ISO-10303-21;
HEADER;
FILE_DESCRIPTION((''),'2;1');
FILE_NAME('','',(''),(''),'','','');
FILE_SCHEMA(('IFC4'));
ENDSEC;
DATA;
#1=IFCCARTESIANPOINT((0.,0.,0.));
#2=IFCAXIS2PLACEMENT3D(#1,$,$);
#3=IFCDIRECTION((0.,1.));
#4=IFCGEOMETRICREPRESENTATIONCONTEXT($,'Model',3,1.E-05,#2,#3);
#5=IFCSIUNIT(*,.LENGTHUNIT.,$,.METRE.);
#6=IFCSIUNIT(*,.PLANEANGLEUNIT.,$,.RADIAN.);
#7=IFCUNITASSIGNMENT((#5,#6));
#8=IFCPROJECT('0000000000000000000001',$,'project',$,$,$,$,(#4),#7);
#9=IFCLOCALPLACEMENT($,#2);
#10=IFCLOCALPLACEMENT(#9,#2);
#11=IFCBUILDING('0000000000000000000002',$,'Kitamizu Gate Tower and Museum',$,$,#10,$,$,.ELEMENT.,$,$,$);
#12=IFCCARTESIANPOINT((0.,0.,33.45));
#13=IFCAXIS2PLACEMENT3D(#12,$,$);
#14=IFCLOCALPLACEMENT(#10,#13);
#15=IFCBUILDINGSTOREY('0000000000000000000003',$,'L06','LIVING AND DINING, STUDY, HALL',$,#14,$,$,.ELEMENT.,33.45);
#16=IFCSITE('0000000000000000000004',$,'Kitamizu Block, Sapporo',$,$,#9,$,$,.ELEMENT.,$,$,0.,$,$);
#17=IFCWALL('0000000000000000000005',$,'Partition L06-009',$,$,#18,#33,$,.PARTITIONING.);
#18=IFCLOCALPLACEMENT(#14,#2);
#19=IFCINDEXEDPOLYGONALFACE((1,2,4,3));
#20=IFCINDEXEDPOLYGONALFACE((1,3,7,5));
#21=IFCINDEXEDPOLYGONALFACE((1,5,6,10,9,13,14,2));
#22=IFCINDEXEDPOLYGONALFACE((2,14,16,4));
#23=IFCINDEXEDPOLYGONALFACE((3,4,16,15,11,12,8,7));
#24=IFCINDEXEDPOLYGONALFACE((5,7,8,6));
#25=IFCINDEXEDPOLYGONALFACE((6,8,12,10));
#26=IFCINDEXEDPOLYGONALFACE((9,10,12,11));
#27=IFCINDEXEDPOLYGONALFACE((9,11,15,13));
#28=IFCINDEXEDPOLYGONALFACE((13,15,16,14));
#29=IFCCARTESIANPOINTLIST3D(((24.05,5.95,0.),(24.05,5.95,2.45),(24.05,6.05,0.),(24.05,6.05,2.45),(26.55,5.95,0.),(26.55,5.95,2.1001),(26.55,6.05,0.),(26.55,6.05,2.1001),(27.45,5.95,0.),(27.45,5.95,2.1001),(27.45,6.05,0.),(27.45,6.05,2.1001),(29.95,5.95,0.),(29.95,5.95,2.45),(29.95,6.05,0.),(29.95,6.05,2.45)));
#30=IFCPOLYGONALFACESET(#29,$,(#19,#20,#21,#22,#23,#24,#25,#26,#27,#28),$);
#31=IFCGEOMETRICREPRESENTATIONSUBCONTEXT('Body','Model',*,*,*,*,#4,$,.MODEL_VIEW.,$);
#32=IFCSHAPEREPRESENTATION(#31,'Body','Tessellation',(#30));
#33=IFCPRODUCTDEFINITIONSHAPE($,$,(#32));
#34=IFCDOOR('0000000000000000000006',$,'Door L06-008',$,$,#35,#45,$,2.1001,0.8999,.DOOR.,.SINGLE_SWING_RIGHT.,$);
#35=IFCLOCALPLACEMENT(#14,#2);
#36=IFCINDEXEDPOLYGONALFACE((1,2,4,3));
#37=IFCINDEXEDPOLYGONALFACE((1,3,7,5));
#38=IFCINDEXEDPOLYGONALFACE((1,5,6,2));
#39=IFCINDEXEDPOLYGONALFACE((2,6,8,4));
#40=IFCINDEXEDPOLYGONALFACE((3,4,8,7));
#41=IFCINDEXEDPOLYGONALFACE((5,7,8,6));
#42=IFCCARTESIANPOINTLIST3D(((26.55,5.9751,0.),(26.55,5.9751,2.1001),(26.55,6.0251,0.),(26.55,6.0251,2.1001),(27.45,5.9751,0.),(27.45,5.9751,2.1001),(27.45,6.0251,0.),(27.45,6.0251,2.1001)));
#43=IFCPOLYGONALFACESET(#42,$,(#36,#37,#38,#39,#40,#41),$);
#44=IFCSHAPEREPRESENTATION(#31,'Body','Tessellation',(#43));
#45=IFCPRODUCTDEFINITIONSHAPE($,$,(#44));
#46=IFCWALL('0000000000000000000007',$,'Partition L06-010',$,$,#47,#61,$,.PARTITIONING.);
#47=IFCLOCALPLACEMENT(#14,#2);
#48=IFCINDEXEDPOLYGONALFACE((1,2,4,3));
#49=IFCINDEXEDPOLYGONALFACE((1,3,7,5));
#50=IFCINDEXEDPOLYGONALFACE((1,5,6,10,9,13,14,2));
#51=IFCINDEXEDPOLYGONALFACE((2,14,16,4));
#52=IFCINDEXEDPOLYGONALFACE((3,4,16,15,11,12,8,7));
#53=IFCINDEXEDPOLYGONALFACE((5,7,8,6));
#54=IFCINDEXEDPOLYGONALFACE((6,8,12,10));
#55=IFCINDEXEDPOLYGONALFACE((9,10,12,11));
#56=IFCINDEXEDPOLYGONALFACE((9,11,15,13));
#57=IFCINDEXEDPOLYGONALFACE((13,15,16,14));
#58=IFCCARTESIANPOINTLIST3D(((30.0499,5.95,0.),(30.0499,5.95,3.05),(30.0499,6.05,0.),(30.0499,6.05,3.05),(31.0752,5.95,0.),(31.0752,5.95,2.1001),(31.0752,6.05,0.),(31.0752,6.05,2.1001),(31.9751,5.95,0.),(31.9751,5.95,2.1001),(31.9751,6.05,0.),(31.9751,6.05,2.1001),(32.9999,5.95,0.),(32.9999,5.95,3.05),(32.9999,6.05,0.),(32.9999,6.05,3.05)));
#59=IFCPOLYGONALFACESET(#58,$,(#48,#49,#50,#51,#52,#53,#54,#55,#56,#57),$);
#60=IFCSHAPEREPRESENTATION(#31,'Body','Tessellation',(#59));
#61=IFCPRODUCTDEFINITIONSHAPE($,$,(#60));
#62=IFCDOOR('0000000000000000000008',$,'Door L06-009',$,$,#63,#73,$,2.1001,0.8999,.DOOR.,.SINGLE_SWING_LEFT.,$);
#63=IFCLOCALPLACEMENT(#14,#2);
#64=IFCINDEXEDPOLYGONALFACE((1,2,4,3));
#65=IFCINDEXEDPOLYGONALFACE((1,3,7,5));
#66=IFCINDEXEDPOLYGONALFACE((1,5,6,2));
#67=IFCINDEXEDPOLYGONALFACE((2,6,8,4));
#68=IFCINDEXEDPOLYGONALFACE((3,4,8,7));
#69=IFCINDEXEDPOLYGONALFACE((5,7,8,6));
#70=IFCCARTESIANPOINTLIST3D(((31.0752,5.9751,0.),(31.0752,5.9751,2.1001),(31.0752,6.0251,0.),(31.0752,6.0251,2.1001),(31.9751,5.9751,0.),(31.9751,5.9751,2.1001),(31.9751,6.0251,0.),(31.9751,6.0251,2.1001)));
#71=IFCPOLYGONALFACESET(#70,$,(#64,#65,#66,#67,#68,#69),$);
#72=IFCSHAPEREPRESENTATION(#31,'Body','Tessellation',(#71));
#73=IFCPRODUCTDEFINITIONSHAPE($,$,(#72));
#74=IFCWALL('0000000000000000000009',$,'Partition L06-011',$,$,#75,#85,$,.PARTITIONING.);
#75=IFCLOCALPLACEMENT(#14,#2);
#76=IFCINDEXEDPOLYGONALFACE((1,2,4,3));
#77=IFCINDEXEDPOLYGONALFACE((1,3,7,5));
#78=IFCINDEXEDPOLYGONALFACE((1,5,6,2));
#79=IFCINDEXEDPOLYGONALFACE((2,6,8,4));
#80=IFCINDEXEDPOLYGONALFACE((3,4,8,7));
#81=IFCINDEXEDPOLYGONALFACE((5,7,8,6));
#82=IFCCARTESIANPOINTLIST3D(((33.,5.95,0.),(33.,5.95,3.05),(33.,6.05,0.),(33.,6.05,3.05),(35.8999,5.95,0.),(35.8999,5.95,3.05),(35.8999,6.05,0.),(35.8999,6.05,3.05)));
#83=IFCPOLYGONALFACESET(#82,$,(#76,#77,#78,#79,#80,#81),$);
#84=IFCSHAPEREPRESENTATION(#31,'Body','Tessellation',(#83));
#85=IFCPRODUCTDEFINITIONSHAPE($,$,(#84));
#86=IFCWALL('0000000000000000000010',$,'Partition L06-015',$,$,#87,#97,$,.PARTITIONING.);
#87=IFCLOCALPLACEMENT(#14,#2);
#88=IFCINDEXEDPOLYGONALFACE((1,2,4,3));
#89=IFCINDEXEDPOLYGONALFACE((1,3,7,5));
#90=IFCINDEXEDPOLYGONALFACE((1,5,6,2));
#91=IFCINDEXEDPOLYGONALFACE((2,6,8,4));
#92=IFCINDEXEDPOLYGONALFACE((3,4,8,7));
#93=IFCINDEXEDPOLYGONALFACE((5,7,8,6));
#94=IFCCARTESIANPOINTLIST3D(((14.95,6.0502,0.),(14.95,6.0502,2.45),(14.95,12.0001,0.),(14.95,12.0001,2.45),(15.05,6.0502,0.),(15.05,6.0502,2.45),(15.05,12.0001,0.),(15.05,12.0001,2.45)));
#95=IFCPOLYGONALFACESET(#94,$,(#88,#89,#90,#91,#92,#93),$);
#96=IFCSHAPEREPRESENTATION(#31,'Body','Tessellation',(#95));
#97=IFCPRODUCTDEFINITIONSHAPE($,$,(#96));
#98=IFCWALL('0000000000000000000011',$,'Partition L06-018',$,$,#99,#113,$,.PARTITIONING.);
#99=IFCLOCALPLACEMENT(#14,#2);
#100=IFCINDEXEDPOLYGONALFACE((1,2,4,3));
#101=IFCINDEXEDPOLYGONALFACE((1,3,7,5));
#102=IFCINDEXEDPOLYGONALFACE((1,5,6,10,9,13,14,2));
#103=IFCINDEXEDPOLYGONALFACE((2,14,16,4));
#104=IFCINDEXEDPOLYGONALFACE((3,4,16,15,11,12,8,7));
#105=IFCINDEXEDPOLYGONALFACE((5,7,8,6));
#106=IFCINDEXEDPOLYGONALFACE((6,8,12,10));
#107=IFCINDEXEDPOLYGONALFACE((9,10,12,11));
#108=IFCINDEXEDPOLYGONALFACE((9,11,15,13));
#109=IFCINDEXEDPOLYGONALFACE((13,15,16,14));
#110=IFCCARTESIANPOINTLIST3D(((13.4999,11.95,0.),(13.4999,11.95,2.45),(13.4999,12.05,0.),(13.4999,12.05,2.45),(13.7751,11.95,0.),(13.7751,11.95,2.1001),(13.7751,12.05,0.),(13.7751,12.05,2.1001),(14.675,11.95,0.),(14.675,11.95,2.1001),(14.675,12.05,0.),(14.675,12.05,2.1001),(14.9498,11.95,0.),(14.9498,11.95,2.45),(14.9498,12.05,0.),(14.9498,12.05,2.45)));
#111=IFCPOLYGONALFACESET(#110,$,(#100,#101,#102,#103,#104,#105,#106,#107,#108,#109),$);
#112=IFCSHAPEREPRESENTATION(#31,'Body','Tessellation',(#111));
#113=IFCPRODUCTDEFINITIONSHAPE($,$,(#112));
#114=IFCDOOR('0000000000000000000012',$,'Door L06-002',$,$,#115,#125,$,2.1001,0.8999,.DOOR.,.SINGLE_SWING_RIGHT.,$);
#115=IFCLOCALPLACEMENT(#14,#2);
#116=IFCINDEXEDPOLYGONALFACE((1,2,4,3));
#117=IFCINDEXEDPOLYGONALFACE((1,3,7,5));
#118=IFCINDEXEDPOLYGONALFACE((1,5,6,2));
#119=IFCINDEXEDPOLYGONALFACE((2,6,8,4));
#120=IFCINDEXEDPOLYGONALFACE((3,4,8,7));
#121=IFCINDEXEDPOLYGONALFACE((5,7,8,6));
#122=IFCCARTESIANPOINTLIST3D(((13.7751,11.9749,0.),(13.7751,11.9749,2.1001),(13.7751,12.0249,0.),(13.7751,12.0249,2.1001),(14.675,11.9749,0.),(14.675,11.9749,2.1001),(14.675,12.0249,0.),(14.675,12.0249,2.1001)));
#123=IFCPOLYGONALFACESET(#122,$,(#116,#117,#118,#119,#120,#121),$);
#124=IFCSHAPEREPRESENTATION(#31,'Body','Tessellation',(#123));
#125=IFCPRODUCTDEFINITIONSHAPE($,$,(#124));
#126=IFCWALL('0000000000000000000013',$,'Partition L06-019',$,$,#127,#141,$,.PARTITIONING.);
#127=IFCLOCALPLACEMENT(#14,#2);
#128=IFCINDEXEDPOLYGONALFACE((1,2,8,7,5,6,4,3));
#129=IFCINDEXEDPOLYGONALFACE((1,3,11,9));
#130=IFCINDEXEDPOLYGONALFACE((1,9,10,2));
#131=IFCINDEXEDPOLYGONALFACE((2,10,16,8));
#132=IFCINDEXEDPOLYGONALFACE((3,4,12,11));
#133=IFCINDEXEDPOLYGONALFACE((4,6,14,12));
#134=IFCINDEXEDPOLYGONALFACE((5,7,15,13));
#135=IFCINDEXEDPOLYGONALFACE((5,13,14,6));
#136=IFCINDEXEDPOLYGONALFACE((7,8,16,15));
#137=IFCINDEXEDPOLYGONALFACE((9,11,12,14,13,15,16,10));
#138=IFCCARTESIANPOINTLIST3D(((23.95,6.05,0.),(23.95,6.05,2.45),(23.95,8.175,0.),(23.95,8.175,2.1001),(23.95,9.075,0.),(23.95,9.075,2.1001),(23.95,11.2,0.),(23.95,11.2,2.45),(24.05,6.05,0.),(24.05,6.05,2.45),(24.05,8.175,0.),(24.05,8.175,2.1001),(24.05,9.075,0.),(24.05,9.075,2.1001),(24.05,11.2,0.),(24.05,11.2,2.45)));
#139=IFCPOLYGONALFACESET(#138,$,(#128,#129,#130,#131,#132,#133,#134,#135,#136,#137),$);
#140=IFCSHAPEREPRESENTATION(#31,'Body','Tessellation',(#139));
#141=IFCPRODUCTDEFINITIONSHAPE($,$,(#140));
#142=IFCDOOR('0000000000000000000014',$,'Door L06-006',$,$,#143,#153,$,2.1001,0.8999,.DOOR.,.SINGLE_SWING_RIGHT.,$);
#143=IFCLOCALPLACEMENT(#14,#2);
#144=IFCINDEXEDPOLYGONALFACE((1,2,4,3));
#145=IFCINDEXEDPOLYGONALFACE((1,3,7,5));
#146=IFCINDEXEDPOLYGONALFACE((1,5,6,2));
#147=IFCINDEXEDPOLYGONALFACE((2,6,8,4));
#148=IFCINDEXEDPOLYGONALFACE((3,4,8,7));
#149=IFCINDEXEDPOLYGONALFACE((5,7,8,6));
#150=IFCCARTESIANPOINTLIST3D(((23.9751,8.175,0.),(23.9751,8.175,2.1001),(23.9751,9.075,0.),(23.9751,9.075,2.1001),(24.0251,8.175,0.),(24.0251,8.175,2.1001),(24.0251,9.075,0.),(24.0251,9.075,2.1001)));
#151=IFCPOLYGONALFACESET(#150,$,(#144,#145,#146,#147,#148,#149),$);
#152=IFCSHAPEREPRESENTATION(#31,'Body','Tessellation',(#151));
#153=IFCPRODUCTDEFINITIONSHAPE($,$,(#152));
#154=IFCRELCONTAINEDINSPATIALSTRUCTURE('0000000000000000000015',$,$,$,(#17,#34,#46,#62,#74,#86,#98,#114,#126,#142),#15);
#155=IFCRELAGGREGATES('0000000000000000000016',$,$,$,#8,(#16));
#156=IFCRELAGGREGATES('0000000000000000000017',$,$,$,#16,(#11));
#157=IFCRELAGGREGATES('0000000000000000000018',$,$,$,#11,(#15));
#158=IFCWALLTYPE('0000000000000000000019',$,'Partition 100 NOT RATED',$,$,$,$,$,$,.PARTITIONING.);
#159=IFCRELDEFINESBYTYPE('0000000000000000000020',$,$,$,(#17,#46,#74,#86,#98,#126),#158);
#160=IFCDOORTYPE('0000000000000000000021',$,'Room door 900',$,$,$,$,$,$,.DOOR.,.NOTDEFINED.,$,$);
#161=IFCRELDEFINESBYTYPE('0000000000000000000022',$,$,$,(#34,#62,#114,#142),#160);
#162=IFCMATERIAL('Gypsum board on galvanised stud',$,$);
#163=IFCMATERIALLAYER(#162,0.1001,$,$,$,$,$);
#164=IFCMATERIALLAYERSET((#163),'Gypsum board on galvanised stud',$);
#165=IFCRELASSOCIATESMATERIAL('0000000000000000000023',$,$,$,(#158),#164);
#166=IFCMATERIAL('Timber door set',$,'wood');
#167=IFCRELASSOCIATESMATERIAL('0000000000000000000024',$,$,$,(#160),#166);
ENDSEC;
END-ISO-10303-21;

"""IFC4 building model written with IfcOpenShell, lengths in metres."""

from ifc_helpers import new_model, si_unit, direction, frame, frame_2d, origin, place, context, subcontext, project, spatial, rectangle, extrude, material, layer, layer_set, type_object, element, fill, save


model = new_model("IFC4")

# Units and contexts
model_context = context("Model", 3, precision=1e-05, world=origin(), true_north=direction((0.0, 1.0)))
body_context = subcontext(model_context, "Body", "Model", "MODEL_VIEW")
ifc_project = project(units=[si_unit("LENGTHUNIT", "METRE"), si_unit("PLANEANGLEUNIT", "RADIAN")], contexts=[model_context])

# Site, building, storey
site_placement = place(None, origin())
site = spatial("IfcSite", under=ifc_project, at=site_placement, Name="Kitamizu Block, Sapporo", CompositionType="ELEMENT", RefElevation=0.0)
building_placement = place(site_placement, origin())
building = spatial("IfcBuilding", under=site, at=building_placement, Name="Kitamizu Gate Tower and Museum", CompositionType="ELEMENT")
storey_placement = place(building_placement, frame((0.0, 0.0, 33.45)))
storey = spatial("IfcBuildingStorey", under=building, at=storey_placement, Name="L06", Description="LIVING AND DINING, STUDY, HALL", CompositionType="ELEMENT", Elevation=33.45)

# Shared definitions
ifc_material_1 = material(Name="Gypsum board on galvanised stud")
ifc_layer = layer(ifc_material_1, 0.1001)
ifc_layer_set = layer_set([ifc_layer], Name="Gypsum board on galvanised stud")
wall_type = type_object("IfcWallType", Name="Partition 100 NOT RATED", PredefinedType="PARTITIONING", material=ifc_layer_set)

# Shared definitions
ifc_material_2 = material(Name="Timber door set", Category="wood")
door_type = type_object("IfcDoorType", Name="Room door 900", OperationType="NOTDEFINED", PredefinedType="DOOR", material=ifc_material_2)

# Walls, openings, doors
wall_1_placement = place(storey_placement, frame((29.95, 6.0, 0.0), z_axis=(0.0, 0.0, 1.0), x_axis=(-1.0, 0.0, 0.0)))
wall_1 = element("IfcWall", 1, at=wall_1_placement, inside=storey, type_object=wall_type, Name="Partition L06-009", PredefinedType="PARTITIONING", context=body_context, shape_type="SweptSolid", body=[
    extrude(rectangle(XDim=5.8999, YDim=0.1001, at=frame_2d((2.95, 0.0))), origin(), (0.0, 0.0, 1.0), 2.45),
])
opening_1_placement = place(wall_1_placement, frame((2.5, 0.0, 0.0)))
opening_1 = element("IfcOpeningElement", 2, at=opening_1_placement, cuts=wall_1, PredefinedType="OPENING", context=body_context, shape_type="SweptSolid", body=[
    extrude(rectangle(XDim=0.8999, YDim=2.1001, at=frame_2d((0.45, 1.05))), frame((0.0, 0.0601, 0.0), z_axis=(0.0, -1.0, 0.0), x_axis=(1.0, 0.0, 0.0)), (0.0, 0.0, 1.0), 0.1201),
])
door_1_placement = place(opening_1_placement, origin())
door_1 = element("IfcDoor", 3, at=door_1_placement, inside=storey, type_object=door_type, Name="Door L06-008", OperationType="SINGLE_SWING_RIGHT", OverallHeight=2.1001, OverallWidth=0.8999, PredefinedType="DOOR", context=body_context, shape_type="SweptSolid", body=[
    extrude(rectangle(XDim=0.8999, YDim=2.1001, at=frame_2d((0.45, 1.05))), frame((0.0, 0.0249, 0.0), z_axis=(0.0, -1.0, 0.0), x_axis=(1.0, 0.0, 0.0)), (0.0, 0.0, 1.0), 0.05),
])
fill(opening_1, door_1)
wall_2_placement = place(storey_placement, frame((33.0, 6.0, 0.0), z_axis=(0.0, 0.0, 1.0), x_axis=(-1.0, 0.0, 0.0)))
wall_2 = element("IfcWall", 4, at=wall_2_placement, inside=storey, type_object=wall_type, Name="Partition L06-010", PredefinedType="PARTITIONING", context=body_context, shape_type="SweptSolid", body=[
    extrude(rectangle(XDim=2.95, YDim=0.1001, at=frame_2d((1.4751, 0.0))), origin(), (0.0, 0.0, 1.0), 3.05),
])
opening_2_placement = place(wall_2_placement, frame((1.0249, 0.0, 0.0)))
opening_2 = element("IfcOpeningElement", 5, at=opening_2_placement, cuts=wall_2, PredefinedType="OPENING", context=body_context, shape_type="SweptSolid", body=[
    extrude(rectangle(XDim=0.8999, YDim=2.1001, at=frame_2d((0.45, 1.05))), frame((0.0, 0.0601, 0.0), z_axis=(0.0, -1.0, 0.0), x_axis=(1.0, 0.0, 0.0)), (0.0, 0.0, 1.0), 0.1201),
])
door_2_placement = place(opening_2_placement, origin())
door_2 = element("IfcDoor", 6, at=door_2_placement, inside=storey, type_object=door_type, Name="Door L06-009", OperationType="SINGLE_SWING_LEFT", OverallHeight=2.1001, OverallWidth=0.8999, PredefinedType="DOOR", context=body_context, shape_type="SweptSolid", body=[
    extrude(rectangle(XDim=0.8999, YDim=2.1001, at=frame_2d((0.45, 1.05))), frame((0.0, 0.0249, 0.0), z_axis=(0.0, -1.0, 0.0), x_axis=(1.0, 0.0, 0.0)), (0.0, 0.0, 1.0), 0.05),
])
fill(opening_2, door_2)

# Walls
wall_3_placement = place(storey_placement, frame((35.8999, 6.0, 0.0), z_axis=(0.0, 0.0, 1.0), x_axis=(-1.0, 0.0, 0.0)))
element("IfcWall", 7, at=wall_3_placement, inside=storey, type_object=wall_type, Name="Partition L06-011", PredefinedType="PARTITIONING", context=body_context, shape_type="SweptSolid", body=[
    extrude(rectangle(XDim=2.8999, YDim=0.1001, at=frame_2d((1.45, 0.0))), origin(), (0.0, 0.0, 1.0), 3.05),
])
wall_4_placement = place(storey_placement, frame((15.0, 6.05, 0.0), z_axis=(0.0, 0.0, 1.0), x_axis=(0.0, 1.0, 0.0)))
element("IfcWall", 8, at=wall_4_placement, inside=storey, type_object=wall_type, Name="Partition L06-015", PredefinedType="PARTITIONING", context=body_context, shape_type="SweptSolid", body=[
    extrude(rectangle(XDim=5.95, YDim=0.1001, at=frame_2d((2.9751, 0.0))), origin(), (0.0, 0.0, 1.0), 2.45),
])

# Walls, openings, doors
wall_5_placement = place(storey_placement, frame((14.95, 12.0, 0.0), z_axis=(0.0, 0.0, 1.0), x_axis=(-1.0, 0.0, 0.0)))
wall_5 = element("IfcWall", 9, at=wall_5_placement, inside=storey, type_object=wall_type, Name="Partition L06-018", PredefinedType="PARTITIONING", context=body_context, shape_type="SweptSolid", body=[
    extrude(rectangle(XDim=1.45, YDim=0.1001, at=frame_2d((0.7251, 0.0))), origin(), (0.0, 0.0, 1.0), 2.45),
])
opening_3_placement = place(wall_5_placement, frame((0.2749, 0.0, 0.0)))
opening_3 = element("IfcOpeningElement", 10, at=opening_3_placement, cuts=wall_5, PredefinedType="OPENING", context=body_context, shape_type="SweptSolid", body=[
    extrude(rectangle(XDim=0.8999, YDim=2.1001, at=frame_2d((0.45, 1.05))), frame((0.0, 0.0601, 0.0), z_axis=(0.0, -1.0, 0.0), x_axis=(1.0, 0.0, 0.0)), (0.0, 0.0, 1.0), 0.1201),
])
door_3_placement = place(opening_3_placement, frame((0.8999, 0.0, 0.0), x_axis=(-1.0, 0.0, 0.0)))
door_3 = element("IfcDoor", 11, at=door_3_placement, inside=storey, type_object=door_type, Name="Door L06-002", OperationType="SINGLE_SWING_RIGHT", OverallHeight=2.1001, OverallWidth=0.8999, PredefinedType="DOOR", context=body_context, shape_type="SweptSolid", body=[
    extrude(rectangle(XDim=0.8999, YDim=2.1001, at=frame_2d((0.45, 1.05))), frame((0.0, 0.0249, 0.0), z_axis=(0.0, -1.0, 0.0), x_axis=(1.0, 0.0, 0.0)), (0.0, 0.0, 1.0), 0.05),
])
fill(opening_3, door_3)
wall_6_placement = place(storey_placement, frame((24.0, 6.05, 0.0), z_axis=(0.0, 0.0, 1.0), x_axis=(0.0, 1.0, 0.0)))
wall_6 = element("IfcWall", 12, at=wall_6_placement, inside=storey, type_object=wall_type, Name="Partition L06-019", PredefinedType="PARTITIONING", context=body_context, shape_type="SweptSolid", body=[
    extrude(rectangle(XDim=5.1499, YDim=0.1001, at=frame_2d((2.575, 0.0))), origin(), (0.0, 0.0, 1.0), 2.45),
])
opening_4_placement = place(wall_6_placement, frame((2.125, 0.0, 0.0)))
opening_4 = element("IfcOpeningElement", 13, at=opening_4_placement, cuts=wall_6, PredefinedType="OPENING", context=body_context, shape_type="SweptSolid", body=[
    extrude(rectangle(XDim=0.8999, YDim=2.1001, at=frame_2d((0.45, 1.05))), frame((0.0, 0.0601, 0.0), z_axis=(0.0, -1.0, 0.0), x_axis=(1.0, 0.0, 0.0)), (0.0, 0.0, 1.0), 0.1201),
])
door_4_placement = place(opening_4_placement, origin())
door_4 = element("IfcDoor", 14, at=door_4_placement, inside=storey, type_object=door_type, Name="Door L06-006", OperationType="SINGLE_SWING_RIGHT", OverallHeight=2.1001, OverallWidth=0.8999, PredefinedType="DOOR", context=body_context, shape_type="SweptSolid", body=[
    extrude(rectangle(XDim=0.8999, YDim=2.1001, at=frame_2d((0.45, 1.05))), frame((0.0, 0.0249, 0.0), z_axis=(0.0, -1.0, 0.0), x_axis=(1.0, 0.0, 0.0)), (0.0, 0.0, 1.0), 0.05),
])
fill(opening_4, door_4)

save(model, "model.ifc")
